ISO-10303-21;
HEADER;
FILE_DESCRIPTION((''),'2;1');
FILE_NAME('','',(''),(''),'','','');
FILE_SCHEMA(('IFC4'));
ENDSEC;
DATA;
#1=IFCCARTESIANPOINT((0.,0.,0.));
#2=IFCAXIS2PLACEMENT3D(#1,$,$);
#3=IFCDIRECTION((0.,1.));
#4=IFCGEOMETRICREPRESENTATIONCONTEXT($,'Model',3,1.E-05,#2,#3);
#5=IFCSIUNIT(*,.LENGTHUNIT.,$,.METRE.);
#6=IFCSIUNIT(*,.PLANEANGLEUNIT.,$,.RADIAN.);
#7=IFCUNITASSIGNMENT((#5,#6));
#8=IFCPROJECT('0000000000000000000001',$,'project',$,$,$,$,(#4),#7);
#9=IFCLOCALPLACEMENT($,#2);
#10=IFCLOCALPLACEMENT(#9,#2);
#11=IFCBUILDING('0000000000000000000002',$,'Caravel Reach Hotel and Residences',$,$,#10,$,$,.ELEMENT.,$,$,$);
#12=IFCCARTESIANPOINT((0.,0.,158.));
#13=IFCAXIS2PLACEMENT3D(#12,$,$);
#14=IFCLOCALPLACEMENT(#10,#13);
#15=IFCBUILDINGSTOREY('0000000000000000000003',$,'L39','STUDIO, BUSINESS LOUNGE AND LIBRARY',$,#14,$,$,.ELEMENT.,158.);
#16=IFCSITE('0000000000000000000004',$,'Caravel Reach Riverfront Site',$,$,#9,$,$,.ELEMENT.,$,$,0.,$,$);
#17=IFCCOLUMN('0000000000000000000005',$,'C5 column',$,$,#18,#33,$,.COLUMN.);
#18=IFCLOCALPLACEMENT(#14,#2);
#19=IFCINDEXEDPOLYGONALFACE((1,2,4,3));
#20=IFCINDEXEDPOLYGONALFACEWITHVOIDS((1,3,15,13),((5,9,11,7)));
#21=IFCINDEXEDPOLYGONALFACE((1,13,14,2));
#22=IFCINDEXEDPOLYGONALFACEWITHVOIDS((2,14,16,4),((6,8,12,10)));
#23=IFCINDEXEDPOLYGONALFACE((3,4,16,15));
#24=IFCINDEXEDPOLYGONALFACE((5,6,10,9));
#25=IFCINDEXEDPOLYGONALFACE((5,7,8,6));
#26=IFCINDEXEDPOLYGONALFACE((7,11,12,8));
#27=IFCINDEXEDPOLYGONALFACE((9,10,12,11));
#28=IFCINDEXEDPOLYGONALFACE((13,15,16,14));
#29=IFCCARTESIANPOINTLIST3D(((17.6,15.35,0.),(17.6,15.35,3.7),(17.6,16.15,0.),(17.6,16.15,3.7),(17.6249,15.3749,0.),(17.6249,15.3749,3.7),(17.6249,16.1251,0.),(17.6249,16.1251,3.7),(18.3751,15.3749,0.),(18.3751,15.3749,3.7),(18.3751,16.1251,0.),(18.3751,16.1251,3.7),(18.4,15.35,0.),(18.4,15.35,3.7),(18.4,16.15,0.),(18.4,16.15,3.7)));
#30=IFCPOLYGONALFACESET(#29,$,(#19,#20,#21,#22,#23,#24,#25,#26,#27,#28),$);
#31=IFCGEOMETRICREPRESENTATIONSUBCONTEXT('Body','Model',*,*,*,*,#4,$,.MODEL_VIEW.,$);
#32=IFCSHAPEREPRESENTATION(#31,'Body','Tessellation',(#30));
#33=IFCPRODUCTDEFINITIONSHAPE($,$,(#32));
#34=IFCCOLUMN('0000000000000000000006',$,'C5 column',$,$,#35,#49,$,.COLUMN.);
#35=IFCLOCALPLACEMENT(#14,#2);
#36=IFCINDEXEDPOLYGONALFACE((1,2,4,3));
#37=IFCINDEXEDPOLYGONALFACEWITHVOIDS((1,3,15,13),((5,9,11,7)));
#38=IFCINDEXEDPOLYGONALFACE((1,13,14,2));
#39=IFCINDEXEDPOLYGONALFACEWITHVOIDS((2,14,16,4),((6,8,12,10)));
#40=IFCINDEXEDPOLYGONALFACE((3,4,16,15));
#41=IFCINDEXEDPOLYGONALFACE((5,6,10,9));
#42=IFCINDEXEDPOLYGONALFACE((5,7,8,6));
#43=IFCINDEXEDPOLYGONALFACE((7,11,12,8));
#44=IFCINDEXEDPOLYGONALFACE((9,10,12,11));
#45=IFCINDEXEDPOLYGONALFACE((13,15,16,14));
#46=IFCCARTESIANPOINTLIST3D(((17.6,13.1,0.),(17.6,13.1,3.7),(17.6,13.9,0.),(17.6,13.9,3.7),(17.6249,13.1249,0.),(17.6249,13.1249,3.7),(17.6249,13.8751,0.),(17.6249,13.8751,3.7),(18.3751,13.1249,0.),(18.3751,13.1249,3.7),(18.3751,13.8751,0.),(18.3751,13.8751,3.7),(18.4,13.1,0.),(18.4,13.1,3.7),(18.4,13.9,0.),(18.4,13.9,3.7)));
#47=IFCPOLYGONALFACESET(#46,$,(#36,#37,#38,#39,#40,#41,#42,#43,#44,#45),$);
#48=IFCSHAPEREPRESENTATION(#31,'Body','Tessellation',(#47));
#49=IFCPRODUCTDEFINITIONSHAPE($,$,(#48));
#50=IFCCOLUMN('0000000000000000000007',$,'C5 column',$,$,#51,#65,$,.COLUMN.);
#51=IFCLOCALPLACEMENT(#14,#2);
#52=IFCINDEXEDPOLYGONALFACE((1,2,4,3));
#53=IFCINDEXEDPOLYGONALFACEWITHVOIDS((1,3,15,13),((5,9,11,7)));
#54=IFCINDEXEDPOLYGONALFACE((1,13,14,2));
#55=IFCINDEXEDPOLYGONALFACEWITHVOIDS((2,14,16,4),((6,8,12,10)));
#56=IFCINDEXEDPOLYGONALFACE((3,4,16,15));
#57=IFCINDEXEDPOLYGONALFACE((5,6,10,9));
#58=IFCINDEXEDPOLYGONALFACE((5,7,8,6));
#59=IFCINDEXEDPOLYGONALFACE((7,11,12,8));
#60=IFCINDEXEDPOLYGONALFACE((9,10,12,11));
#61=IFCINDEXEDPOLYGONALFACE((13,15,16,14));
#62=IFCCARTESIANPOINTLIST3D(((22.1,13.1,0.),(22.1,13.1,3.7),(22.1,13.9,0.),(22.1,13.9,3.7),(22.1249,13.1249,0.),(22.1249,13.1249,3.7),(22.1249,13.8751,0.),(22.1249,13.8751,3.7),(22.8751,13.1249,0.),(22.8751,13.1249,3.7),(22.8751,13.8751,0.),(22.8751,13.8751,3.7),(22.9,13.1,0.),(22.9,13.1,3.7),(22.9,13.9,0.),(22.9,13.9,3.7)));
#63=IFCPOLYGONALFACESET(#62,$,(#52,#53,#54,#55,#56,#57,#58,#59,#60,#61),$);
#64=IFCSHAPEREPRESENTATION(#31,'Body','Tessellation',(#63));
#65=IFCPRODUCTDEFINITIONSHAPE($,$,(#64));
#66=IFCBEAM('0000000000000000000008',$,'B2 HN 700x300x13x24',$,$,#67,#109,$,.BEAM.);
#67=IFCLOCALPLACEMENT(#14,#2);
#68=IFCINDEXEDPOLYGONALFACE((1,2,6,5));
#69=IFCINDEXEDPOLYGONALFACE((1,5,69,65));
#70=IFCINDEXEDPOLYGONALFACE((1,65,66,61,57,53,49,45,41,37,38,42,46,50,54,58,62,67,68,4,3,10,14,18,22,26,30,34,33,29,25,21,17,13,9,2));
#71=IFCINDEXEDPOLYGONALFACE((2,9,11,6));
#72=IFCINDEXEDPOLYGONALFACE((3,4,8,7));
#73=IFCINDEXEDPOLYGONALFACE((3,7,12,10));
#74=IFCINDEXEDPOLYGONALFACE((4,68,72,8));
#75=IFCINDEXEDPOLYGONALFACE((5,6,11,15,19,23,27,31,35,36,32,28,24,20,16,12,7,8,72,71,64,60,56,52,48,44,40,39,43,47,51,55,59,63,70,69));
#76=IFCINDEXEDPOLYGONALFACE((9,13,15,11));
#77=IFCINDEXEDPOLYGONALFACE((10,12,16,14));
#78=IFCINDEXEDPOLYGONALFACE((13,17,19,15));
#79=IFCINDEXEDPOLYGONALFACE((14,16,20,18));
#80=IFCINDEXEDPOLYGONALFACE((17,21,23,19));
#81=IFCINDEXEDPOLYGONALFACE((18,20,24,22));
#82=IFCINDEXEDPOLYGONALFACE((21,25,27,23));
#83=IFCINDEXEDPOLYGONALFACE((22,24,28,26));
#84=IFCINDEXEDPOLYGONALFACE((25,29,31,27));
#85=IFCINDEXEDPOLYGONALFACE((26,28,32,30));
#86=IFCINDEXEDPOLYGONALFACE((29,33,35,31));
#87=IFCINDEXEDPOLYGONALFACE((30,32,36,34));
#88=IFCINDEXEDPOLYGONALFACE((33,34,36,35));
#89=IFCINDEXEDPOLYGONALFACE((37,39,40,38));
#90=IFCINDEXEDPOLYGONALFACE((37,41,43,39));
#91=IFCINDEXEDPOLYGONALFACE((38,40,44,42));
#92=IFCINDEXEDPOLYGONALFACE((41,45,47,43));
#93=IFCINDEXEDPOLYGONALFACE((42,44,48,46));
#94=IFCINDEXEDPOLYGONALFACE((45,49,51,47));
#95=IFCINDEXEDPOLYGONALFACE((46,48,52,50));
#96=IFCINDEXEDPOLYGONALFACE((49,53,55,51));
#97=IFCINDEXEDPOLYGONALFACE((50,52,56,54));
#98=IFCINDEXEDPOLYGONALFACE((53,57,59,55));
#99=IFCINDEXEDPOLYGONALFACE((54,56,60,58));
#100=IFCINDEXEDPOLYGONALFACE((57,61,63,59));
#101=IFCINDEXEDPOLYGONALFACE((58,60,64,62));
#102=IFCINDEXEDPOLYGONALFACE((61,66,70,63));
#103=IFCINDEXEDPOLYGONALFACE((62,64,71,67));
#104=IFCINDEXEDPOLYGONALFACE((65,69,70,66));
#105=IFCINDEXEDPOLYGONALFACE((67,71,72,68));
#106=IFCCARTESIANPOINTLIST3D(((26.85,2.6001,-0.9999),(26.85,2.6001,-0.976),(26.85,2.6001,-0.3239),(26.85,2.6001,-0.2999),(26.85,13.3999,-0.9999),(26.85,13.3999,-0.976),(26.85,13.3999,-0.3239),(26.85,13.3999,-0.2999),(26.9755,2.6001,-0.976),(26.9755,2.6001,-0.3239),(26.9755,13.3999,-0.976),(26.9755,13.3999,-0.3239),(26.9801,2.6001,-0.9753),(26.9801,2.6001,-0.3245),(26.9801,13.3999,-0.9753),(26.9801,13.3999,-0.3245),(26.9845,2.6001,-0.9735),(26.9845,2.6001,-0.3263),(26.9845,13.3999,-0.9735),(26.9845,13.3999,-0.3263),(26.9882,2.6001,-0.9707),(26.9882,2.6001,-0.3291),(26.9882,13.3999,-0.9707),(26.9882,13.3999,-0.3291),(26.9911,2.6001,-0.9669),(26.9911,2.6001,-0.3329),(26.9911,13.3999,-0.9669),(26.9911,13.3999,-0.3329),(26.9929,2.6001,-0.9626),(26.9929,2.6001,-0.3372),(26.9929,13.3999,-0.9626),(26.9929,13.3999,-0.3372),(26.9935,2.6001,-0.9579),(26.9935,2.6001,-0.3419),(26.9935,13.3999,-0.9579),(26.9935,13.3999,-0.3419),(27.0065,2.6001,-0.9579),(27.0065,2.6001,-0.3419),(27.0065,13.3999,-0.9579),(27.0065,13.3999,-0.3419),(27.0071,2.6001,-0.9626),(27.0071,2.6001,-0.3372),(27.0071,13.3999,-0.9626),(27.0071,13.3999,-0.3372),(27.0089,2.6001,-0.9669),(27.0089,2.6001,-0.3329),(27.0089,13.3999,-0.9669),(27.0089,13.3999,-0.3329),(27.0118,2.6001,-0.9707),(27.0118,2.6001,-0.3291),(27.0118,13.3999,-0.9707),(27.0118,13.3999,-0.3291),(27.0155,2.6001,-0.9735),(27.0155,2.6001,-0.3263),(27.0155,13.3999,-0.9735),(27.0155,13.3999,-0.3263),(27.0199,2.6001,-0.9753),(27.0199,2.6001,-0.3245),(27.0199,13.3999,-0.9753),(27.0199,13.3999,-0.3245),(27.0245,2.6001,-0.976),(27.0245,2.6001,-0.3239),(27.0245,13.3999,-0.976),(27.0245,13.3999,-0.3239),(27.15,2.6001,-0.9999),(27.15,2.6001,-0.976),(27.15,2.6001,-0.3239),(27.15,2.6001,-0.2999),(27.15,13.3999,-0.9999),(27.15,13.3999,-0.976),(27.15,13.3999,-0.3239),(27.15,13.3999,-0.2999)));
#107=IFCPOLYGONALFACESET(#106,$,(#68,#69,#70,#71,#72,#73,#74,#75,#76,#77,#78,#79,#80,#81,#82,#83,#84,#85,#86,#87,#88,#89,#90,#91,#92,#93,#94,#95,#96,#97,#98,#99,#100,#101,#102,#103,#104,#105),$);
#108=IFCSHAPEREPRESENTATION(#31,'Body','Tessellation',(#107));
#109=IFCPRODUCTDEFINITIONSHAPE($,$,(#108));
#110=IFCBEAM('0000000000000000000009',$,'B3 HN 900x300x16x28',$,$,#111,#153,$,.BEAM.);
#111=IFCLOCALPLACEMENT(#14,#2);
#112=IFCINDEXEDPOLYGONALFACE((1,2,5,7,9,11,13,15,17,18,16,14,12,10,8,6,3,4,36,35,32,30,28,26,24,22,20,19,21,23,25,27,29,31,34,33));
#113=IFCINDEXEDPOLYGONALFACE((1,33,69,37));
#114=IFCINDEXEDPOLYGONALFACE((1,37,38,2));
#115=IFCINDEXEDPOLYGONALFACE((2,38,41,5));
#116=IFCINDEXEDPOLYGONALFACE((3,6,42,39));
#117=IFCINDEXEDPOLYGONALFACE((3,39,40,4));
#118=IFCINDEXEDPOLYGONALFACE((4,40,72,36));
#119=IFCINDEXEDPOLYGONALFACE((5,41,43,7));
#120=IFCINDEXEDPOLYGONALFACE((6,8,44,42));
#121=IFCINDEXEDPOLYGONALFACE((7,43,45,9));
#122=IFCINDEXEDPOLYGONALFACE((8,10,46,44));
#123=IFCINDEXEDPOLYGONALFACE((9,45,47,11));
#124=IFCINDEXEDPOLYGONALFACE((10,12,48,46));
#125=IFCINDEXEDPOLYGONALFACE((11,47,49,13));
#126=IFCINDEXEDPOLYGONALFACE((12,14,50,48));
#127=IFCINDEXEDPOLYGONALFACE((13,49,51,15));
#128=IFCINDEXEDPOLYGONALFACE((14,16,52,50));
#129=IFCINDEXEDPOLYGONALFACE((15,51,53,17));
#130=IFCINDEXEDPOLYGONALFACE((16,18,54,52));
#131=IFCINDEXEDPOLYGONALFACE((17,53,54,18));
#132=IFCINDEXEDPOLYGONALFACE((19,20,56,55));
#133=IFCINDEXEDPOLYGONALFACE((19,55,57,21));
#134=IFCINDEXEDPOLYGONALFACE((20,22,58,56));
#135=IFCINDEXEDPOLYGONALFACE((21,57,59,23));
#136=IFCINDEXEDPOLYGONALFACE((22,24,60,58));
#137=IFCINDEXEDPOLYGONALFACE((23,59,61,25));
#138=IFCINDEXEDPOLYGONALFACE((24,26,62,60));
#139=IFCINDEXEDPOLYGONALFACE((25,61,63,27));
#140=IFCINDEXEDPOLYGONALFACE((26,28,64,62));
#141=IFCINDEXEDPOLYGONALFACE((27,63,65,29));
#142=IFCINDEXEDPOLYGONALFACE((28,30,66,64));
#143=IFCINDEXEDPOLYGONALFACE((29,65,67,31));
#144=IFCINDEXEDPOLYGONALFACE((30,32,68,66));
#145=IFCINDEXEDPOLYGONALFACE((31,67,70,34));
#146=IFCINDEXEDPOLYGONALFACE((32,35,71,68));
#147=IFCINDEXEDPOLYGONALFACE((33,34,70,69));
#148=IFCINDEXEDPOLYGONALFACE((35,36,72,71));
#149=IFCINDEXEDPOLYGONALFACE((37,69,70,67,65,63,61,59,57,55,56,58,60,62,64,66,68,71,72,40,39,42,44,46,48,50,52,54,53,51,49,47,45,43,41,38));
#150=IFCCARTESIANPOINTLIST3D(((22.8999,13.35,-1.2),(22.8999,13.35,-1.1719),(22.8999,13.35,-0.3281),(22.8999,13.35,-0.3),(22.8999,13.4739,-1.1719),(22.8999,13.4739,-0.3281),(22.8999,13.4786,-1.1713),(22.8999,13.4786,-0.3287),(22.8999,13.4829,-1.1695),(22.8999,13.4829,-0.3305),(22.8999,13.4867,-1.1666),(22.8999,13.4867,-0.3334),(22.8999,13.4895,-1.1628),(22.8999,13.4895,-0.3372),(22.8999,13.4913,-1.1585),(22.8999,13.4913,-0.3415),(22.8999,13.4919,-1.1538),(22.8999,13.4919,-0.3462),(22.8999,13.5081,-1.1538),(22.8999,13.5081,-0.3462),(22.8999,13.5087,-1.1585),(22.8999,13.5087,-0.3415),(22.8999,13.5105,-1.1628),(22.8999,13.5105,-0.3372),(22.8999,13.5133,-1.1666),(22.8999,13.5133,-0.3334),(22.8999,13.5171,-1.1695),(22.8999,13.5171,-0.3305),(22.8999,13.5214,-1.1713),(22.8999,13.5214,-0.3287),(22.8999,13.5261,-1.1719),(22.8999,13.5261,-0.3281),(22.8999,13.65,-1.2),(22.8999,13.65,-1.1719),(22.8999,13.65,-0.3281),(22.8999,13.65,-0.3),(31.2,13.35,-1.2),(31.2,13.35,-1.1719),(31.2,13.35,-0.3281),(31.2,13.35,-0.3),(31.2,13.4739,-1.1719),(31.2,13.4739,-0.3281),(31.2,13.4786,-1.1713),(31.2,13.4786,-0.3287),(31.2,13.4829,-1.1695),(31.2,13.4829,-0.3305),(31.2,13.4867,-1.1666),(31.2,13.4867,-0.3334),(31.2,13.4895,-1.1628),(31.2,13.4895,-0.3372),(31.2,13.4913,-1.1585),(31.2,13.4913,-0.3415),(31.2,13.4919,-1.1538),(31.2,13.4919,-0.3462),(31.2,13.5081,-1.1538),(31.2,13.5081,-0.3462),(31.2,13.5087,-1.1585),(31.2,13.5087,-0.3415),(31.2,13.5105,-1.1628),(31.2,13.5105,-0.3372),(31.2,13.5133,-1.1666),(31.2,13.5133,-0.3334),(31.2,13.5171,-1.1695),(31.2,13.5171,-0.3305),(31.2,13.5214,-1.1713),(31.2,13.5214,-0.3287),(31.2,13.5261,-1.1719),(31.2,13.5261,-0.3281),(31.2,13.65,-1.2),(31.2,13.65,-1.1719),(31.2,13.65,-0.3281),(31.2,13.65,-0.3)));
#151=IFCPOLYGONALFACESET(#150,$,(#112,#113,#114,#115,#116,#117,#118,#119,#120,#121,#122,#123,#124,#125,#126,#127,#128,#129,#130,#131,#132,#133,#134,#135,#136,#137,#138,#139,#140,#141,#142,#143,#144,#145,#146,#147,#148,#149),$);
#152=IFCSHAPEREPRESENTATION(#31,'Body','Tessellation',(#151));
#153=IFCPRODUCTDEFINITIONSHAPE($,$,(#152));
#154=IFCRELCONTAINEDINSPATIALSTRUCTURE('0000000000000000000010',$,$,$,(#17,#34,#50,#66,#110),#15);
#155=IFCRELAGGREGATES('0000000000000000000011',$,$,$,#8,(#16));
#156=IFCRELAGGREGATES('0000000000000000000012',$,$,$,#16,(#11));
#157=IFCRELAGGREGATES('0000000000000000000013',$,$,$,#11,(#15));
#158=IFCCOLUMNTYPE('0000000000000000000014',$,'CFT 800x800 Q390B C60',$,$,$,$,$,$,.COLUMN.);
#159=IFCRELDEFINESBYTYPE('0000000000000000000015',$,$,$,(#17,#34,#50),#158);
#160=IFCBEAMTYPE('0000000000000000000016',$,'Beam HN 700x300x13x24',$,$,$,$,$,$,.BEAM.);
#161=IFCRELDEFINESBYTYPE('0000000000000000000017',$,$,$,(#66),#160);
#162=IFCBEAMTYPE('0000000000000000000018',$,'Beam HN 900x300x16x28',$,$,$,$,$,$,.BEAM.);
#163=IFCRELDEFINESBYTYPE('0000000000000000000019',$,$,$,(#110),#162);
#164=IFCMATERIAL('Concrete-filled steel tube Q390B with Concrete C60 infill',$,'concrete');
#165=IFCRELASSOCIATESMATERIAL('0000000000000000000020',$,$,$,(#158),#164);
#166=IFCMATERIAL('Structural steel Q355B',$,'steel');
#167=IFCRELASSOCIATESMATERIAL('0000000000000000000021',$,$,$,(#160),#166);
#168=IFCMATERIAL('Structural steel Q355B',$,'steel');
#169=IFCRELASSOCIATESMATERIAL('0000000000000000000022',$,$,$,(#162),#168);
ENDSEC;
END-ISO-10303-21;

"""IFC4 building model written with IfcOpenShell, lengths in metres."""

from ifc_helpers import new_model, si_unit, direction, frame, origin, origin_2d, place, context, subcontext, project, spatial, hollow_rectangle, i_section, extrude, material, material_profile, profile_set, type_object, element, save


model = new_model("IFC4")

# Units and contexts
model_context = context("Model", 3, precision=1e-05, world=origin(), true_north=direction((0.0, 1.0)))
body_context = subcontext(model_context, "Body", "Model", "MODEL_VIEW")
ifc_project = project(units=[si_unit("LENGTHUNIT", "METRE"), si_unit("PLANEANGLEUNIT", "RADIAN")], contexts=[model_context])

# Site, building, storey
site_placement = place(None, origin())
site = spatial("IfcSite", under=ifc_project, at=site_placement, Name="Caravel Reach Riverfront Site", CompositionType="ELEMENT", RefElevation=0.0)
building_placement = place(site_placement, origin())
building = spatial("IfcBuilding", under=site, at=building_placement, Name="Caravel Reach Hotel and Residences", CompositionType="ELEMENT")
storey_placement = place(building_placement, frame((0.0, 0.0, 158.0)))
storey = spatial("IfcBuildingStorey", under=building, at=storey_placement, Name="L39", Description="STUDIO, BUSINESS LOUNGE AND LIBRARY", CompositionType="ELEMENT", Elevation=158.0)

# Columns
ifc_material_1 = material(Name="Concrete-filled steel tube Q390B with Concrete C60 infill", Category="concrete")
ifc_material_profile_1 = material_profile(ifc_material_1, hollow_rectangle(XDim=0.8, YDim=0.8, WallThickness=0.0249, at=origin_2d()), Name="RHS 800x800x25")
ifc_profile_set_1 = profile_set([ifc_material_profile_1], Name="Concrete-filled steel tube Q390B with Concrete C60 infill")
column_type = type_object("IfcColumnType", Name="CFT 800x800 Q390B C60", PredefinedType="COLUMN", material=ifc_profile_set_1)
for number, where, z_axis, x_axis, name in (
    (1, (18.0, 15.75, 0.0), (0.0, 0.0, 1.0), (1.0, 0.0, 0.0), "C5 column"),
    (2, (18.0, 13.5, 0.0), (0.0, 0.0, 1.0), (1.0, 0.0, 0.0), "C5 column"),
    (3, (22.5, 13.5, 0.0), (0.0, 0.0, 1.0), (1.0, 0.0, 0.0), "C5 column"),
):
    element("IfcColumn", number, at=place(storey_placement, frame(where, z_axis=z_axis, x_axis=x_axis)), inside=storey, type_object=column_type, Name=name, PredefinedType="COLUMN", context=body_context, shape_type="SweptSolid", body=[
        extrude(hollow_rectangle(XDim=0.8, YDim=0.8, WallThickness=0.0249, at=origin_2d()), origin(), (0.0, 0.0, 1.0), 3.7),
    ])

# Beams
ifc_material_2 = material(Name="Structural steel Q355B", Category="steel")
ifc_material_profile_2 = material_profile(ifc_material_2, i_section(OverallWidth=0.3, OverallDepth=0.7, WebThickness=0.0129, FlangeThickness=0.0239, FilletRadius=0.0181, at=origin_2d()), Name="HN 700x300x13x24")
ifc_profile_set_2 = profile_set([ifc_material_profile_2], Name="Structural steel Q355B")
beam_type_1 = type_object("IfcBeamType", Name="Beam HN 700x300x13x24", PredefinedType="BEAM", material=ifc_profile_set_2)
beam_1_placement = place(storey_placement, frame((27.0, 13.3999, -0.6499), z_axis=(0.0, -1.0, 0.0), x_axis=(1.0, 0.0, 0.0)))
element("IfcBeam", 4, at=beam_1_placement, inside=storey, type_object=beam_type_1, Name="B2 HN 700x300x13x24", PredefinedType="BEAM", context=body_context, shape_type="SweptSolid", body=[
    extrude(i_section(OverallWidth=0.3, OverallDepth=0.7, WebThickness=0.0129, FlangeThickness=0.0239, FilletRadius=0.0181, at=origin_2d()), origin(), (0.0, 0.0, 1.0), 10.7998),
])
ifc_material_3 = material(Name="Structural steel Q355B", Category="steel")
ifc_material_profile_3 = material_profile(ifc_material_3, i_section(OverallWidth=0.3, OverallDepth=0.8999, WebThickness=0.0161, FlangeThickness=0.0281, FilletRadius=0.0181, at=origin_2d()), Name="HN 900x300x16x28")
ifc_profile_set_3 = profile_set([ifc_material_profile_3], Name="Structural steel Q355B")
beam_type_2 = type_object("IfcBeamType", Name="Beam HN 900x300x16x28", PredefinedType="BEAM", material=ifc_profile_set_3)
beam_2_placement = place(storey_placement, frame((22.8999, 13.5, -0.75), z_axis=(1.0, 0.0, 0.0), x_axis=(0.0, 1.0, 0.0)))
element("IfcBeam", 5, at=beam_2_placement, inside=storey, type_object=beam_type_2, Name="B3 HN 900x300x16x28", PredefinedType="BEAM", context=body_context, shape_type="SweptSolid", body=[
    extrude(i_section(OverallWidth=0.3, OverallDepth=0.8999, WebThickness=0.0161, FlangeThickness=0.0281, FilletRadius=0.0181, at=origin_2d()), origin(), (0.0, 0.0, 1.0), 8.3),
])

save(model, "model.ifc")
